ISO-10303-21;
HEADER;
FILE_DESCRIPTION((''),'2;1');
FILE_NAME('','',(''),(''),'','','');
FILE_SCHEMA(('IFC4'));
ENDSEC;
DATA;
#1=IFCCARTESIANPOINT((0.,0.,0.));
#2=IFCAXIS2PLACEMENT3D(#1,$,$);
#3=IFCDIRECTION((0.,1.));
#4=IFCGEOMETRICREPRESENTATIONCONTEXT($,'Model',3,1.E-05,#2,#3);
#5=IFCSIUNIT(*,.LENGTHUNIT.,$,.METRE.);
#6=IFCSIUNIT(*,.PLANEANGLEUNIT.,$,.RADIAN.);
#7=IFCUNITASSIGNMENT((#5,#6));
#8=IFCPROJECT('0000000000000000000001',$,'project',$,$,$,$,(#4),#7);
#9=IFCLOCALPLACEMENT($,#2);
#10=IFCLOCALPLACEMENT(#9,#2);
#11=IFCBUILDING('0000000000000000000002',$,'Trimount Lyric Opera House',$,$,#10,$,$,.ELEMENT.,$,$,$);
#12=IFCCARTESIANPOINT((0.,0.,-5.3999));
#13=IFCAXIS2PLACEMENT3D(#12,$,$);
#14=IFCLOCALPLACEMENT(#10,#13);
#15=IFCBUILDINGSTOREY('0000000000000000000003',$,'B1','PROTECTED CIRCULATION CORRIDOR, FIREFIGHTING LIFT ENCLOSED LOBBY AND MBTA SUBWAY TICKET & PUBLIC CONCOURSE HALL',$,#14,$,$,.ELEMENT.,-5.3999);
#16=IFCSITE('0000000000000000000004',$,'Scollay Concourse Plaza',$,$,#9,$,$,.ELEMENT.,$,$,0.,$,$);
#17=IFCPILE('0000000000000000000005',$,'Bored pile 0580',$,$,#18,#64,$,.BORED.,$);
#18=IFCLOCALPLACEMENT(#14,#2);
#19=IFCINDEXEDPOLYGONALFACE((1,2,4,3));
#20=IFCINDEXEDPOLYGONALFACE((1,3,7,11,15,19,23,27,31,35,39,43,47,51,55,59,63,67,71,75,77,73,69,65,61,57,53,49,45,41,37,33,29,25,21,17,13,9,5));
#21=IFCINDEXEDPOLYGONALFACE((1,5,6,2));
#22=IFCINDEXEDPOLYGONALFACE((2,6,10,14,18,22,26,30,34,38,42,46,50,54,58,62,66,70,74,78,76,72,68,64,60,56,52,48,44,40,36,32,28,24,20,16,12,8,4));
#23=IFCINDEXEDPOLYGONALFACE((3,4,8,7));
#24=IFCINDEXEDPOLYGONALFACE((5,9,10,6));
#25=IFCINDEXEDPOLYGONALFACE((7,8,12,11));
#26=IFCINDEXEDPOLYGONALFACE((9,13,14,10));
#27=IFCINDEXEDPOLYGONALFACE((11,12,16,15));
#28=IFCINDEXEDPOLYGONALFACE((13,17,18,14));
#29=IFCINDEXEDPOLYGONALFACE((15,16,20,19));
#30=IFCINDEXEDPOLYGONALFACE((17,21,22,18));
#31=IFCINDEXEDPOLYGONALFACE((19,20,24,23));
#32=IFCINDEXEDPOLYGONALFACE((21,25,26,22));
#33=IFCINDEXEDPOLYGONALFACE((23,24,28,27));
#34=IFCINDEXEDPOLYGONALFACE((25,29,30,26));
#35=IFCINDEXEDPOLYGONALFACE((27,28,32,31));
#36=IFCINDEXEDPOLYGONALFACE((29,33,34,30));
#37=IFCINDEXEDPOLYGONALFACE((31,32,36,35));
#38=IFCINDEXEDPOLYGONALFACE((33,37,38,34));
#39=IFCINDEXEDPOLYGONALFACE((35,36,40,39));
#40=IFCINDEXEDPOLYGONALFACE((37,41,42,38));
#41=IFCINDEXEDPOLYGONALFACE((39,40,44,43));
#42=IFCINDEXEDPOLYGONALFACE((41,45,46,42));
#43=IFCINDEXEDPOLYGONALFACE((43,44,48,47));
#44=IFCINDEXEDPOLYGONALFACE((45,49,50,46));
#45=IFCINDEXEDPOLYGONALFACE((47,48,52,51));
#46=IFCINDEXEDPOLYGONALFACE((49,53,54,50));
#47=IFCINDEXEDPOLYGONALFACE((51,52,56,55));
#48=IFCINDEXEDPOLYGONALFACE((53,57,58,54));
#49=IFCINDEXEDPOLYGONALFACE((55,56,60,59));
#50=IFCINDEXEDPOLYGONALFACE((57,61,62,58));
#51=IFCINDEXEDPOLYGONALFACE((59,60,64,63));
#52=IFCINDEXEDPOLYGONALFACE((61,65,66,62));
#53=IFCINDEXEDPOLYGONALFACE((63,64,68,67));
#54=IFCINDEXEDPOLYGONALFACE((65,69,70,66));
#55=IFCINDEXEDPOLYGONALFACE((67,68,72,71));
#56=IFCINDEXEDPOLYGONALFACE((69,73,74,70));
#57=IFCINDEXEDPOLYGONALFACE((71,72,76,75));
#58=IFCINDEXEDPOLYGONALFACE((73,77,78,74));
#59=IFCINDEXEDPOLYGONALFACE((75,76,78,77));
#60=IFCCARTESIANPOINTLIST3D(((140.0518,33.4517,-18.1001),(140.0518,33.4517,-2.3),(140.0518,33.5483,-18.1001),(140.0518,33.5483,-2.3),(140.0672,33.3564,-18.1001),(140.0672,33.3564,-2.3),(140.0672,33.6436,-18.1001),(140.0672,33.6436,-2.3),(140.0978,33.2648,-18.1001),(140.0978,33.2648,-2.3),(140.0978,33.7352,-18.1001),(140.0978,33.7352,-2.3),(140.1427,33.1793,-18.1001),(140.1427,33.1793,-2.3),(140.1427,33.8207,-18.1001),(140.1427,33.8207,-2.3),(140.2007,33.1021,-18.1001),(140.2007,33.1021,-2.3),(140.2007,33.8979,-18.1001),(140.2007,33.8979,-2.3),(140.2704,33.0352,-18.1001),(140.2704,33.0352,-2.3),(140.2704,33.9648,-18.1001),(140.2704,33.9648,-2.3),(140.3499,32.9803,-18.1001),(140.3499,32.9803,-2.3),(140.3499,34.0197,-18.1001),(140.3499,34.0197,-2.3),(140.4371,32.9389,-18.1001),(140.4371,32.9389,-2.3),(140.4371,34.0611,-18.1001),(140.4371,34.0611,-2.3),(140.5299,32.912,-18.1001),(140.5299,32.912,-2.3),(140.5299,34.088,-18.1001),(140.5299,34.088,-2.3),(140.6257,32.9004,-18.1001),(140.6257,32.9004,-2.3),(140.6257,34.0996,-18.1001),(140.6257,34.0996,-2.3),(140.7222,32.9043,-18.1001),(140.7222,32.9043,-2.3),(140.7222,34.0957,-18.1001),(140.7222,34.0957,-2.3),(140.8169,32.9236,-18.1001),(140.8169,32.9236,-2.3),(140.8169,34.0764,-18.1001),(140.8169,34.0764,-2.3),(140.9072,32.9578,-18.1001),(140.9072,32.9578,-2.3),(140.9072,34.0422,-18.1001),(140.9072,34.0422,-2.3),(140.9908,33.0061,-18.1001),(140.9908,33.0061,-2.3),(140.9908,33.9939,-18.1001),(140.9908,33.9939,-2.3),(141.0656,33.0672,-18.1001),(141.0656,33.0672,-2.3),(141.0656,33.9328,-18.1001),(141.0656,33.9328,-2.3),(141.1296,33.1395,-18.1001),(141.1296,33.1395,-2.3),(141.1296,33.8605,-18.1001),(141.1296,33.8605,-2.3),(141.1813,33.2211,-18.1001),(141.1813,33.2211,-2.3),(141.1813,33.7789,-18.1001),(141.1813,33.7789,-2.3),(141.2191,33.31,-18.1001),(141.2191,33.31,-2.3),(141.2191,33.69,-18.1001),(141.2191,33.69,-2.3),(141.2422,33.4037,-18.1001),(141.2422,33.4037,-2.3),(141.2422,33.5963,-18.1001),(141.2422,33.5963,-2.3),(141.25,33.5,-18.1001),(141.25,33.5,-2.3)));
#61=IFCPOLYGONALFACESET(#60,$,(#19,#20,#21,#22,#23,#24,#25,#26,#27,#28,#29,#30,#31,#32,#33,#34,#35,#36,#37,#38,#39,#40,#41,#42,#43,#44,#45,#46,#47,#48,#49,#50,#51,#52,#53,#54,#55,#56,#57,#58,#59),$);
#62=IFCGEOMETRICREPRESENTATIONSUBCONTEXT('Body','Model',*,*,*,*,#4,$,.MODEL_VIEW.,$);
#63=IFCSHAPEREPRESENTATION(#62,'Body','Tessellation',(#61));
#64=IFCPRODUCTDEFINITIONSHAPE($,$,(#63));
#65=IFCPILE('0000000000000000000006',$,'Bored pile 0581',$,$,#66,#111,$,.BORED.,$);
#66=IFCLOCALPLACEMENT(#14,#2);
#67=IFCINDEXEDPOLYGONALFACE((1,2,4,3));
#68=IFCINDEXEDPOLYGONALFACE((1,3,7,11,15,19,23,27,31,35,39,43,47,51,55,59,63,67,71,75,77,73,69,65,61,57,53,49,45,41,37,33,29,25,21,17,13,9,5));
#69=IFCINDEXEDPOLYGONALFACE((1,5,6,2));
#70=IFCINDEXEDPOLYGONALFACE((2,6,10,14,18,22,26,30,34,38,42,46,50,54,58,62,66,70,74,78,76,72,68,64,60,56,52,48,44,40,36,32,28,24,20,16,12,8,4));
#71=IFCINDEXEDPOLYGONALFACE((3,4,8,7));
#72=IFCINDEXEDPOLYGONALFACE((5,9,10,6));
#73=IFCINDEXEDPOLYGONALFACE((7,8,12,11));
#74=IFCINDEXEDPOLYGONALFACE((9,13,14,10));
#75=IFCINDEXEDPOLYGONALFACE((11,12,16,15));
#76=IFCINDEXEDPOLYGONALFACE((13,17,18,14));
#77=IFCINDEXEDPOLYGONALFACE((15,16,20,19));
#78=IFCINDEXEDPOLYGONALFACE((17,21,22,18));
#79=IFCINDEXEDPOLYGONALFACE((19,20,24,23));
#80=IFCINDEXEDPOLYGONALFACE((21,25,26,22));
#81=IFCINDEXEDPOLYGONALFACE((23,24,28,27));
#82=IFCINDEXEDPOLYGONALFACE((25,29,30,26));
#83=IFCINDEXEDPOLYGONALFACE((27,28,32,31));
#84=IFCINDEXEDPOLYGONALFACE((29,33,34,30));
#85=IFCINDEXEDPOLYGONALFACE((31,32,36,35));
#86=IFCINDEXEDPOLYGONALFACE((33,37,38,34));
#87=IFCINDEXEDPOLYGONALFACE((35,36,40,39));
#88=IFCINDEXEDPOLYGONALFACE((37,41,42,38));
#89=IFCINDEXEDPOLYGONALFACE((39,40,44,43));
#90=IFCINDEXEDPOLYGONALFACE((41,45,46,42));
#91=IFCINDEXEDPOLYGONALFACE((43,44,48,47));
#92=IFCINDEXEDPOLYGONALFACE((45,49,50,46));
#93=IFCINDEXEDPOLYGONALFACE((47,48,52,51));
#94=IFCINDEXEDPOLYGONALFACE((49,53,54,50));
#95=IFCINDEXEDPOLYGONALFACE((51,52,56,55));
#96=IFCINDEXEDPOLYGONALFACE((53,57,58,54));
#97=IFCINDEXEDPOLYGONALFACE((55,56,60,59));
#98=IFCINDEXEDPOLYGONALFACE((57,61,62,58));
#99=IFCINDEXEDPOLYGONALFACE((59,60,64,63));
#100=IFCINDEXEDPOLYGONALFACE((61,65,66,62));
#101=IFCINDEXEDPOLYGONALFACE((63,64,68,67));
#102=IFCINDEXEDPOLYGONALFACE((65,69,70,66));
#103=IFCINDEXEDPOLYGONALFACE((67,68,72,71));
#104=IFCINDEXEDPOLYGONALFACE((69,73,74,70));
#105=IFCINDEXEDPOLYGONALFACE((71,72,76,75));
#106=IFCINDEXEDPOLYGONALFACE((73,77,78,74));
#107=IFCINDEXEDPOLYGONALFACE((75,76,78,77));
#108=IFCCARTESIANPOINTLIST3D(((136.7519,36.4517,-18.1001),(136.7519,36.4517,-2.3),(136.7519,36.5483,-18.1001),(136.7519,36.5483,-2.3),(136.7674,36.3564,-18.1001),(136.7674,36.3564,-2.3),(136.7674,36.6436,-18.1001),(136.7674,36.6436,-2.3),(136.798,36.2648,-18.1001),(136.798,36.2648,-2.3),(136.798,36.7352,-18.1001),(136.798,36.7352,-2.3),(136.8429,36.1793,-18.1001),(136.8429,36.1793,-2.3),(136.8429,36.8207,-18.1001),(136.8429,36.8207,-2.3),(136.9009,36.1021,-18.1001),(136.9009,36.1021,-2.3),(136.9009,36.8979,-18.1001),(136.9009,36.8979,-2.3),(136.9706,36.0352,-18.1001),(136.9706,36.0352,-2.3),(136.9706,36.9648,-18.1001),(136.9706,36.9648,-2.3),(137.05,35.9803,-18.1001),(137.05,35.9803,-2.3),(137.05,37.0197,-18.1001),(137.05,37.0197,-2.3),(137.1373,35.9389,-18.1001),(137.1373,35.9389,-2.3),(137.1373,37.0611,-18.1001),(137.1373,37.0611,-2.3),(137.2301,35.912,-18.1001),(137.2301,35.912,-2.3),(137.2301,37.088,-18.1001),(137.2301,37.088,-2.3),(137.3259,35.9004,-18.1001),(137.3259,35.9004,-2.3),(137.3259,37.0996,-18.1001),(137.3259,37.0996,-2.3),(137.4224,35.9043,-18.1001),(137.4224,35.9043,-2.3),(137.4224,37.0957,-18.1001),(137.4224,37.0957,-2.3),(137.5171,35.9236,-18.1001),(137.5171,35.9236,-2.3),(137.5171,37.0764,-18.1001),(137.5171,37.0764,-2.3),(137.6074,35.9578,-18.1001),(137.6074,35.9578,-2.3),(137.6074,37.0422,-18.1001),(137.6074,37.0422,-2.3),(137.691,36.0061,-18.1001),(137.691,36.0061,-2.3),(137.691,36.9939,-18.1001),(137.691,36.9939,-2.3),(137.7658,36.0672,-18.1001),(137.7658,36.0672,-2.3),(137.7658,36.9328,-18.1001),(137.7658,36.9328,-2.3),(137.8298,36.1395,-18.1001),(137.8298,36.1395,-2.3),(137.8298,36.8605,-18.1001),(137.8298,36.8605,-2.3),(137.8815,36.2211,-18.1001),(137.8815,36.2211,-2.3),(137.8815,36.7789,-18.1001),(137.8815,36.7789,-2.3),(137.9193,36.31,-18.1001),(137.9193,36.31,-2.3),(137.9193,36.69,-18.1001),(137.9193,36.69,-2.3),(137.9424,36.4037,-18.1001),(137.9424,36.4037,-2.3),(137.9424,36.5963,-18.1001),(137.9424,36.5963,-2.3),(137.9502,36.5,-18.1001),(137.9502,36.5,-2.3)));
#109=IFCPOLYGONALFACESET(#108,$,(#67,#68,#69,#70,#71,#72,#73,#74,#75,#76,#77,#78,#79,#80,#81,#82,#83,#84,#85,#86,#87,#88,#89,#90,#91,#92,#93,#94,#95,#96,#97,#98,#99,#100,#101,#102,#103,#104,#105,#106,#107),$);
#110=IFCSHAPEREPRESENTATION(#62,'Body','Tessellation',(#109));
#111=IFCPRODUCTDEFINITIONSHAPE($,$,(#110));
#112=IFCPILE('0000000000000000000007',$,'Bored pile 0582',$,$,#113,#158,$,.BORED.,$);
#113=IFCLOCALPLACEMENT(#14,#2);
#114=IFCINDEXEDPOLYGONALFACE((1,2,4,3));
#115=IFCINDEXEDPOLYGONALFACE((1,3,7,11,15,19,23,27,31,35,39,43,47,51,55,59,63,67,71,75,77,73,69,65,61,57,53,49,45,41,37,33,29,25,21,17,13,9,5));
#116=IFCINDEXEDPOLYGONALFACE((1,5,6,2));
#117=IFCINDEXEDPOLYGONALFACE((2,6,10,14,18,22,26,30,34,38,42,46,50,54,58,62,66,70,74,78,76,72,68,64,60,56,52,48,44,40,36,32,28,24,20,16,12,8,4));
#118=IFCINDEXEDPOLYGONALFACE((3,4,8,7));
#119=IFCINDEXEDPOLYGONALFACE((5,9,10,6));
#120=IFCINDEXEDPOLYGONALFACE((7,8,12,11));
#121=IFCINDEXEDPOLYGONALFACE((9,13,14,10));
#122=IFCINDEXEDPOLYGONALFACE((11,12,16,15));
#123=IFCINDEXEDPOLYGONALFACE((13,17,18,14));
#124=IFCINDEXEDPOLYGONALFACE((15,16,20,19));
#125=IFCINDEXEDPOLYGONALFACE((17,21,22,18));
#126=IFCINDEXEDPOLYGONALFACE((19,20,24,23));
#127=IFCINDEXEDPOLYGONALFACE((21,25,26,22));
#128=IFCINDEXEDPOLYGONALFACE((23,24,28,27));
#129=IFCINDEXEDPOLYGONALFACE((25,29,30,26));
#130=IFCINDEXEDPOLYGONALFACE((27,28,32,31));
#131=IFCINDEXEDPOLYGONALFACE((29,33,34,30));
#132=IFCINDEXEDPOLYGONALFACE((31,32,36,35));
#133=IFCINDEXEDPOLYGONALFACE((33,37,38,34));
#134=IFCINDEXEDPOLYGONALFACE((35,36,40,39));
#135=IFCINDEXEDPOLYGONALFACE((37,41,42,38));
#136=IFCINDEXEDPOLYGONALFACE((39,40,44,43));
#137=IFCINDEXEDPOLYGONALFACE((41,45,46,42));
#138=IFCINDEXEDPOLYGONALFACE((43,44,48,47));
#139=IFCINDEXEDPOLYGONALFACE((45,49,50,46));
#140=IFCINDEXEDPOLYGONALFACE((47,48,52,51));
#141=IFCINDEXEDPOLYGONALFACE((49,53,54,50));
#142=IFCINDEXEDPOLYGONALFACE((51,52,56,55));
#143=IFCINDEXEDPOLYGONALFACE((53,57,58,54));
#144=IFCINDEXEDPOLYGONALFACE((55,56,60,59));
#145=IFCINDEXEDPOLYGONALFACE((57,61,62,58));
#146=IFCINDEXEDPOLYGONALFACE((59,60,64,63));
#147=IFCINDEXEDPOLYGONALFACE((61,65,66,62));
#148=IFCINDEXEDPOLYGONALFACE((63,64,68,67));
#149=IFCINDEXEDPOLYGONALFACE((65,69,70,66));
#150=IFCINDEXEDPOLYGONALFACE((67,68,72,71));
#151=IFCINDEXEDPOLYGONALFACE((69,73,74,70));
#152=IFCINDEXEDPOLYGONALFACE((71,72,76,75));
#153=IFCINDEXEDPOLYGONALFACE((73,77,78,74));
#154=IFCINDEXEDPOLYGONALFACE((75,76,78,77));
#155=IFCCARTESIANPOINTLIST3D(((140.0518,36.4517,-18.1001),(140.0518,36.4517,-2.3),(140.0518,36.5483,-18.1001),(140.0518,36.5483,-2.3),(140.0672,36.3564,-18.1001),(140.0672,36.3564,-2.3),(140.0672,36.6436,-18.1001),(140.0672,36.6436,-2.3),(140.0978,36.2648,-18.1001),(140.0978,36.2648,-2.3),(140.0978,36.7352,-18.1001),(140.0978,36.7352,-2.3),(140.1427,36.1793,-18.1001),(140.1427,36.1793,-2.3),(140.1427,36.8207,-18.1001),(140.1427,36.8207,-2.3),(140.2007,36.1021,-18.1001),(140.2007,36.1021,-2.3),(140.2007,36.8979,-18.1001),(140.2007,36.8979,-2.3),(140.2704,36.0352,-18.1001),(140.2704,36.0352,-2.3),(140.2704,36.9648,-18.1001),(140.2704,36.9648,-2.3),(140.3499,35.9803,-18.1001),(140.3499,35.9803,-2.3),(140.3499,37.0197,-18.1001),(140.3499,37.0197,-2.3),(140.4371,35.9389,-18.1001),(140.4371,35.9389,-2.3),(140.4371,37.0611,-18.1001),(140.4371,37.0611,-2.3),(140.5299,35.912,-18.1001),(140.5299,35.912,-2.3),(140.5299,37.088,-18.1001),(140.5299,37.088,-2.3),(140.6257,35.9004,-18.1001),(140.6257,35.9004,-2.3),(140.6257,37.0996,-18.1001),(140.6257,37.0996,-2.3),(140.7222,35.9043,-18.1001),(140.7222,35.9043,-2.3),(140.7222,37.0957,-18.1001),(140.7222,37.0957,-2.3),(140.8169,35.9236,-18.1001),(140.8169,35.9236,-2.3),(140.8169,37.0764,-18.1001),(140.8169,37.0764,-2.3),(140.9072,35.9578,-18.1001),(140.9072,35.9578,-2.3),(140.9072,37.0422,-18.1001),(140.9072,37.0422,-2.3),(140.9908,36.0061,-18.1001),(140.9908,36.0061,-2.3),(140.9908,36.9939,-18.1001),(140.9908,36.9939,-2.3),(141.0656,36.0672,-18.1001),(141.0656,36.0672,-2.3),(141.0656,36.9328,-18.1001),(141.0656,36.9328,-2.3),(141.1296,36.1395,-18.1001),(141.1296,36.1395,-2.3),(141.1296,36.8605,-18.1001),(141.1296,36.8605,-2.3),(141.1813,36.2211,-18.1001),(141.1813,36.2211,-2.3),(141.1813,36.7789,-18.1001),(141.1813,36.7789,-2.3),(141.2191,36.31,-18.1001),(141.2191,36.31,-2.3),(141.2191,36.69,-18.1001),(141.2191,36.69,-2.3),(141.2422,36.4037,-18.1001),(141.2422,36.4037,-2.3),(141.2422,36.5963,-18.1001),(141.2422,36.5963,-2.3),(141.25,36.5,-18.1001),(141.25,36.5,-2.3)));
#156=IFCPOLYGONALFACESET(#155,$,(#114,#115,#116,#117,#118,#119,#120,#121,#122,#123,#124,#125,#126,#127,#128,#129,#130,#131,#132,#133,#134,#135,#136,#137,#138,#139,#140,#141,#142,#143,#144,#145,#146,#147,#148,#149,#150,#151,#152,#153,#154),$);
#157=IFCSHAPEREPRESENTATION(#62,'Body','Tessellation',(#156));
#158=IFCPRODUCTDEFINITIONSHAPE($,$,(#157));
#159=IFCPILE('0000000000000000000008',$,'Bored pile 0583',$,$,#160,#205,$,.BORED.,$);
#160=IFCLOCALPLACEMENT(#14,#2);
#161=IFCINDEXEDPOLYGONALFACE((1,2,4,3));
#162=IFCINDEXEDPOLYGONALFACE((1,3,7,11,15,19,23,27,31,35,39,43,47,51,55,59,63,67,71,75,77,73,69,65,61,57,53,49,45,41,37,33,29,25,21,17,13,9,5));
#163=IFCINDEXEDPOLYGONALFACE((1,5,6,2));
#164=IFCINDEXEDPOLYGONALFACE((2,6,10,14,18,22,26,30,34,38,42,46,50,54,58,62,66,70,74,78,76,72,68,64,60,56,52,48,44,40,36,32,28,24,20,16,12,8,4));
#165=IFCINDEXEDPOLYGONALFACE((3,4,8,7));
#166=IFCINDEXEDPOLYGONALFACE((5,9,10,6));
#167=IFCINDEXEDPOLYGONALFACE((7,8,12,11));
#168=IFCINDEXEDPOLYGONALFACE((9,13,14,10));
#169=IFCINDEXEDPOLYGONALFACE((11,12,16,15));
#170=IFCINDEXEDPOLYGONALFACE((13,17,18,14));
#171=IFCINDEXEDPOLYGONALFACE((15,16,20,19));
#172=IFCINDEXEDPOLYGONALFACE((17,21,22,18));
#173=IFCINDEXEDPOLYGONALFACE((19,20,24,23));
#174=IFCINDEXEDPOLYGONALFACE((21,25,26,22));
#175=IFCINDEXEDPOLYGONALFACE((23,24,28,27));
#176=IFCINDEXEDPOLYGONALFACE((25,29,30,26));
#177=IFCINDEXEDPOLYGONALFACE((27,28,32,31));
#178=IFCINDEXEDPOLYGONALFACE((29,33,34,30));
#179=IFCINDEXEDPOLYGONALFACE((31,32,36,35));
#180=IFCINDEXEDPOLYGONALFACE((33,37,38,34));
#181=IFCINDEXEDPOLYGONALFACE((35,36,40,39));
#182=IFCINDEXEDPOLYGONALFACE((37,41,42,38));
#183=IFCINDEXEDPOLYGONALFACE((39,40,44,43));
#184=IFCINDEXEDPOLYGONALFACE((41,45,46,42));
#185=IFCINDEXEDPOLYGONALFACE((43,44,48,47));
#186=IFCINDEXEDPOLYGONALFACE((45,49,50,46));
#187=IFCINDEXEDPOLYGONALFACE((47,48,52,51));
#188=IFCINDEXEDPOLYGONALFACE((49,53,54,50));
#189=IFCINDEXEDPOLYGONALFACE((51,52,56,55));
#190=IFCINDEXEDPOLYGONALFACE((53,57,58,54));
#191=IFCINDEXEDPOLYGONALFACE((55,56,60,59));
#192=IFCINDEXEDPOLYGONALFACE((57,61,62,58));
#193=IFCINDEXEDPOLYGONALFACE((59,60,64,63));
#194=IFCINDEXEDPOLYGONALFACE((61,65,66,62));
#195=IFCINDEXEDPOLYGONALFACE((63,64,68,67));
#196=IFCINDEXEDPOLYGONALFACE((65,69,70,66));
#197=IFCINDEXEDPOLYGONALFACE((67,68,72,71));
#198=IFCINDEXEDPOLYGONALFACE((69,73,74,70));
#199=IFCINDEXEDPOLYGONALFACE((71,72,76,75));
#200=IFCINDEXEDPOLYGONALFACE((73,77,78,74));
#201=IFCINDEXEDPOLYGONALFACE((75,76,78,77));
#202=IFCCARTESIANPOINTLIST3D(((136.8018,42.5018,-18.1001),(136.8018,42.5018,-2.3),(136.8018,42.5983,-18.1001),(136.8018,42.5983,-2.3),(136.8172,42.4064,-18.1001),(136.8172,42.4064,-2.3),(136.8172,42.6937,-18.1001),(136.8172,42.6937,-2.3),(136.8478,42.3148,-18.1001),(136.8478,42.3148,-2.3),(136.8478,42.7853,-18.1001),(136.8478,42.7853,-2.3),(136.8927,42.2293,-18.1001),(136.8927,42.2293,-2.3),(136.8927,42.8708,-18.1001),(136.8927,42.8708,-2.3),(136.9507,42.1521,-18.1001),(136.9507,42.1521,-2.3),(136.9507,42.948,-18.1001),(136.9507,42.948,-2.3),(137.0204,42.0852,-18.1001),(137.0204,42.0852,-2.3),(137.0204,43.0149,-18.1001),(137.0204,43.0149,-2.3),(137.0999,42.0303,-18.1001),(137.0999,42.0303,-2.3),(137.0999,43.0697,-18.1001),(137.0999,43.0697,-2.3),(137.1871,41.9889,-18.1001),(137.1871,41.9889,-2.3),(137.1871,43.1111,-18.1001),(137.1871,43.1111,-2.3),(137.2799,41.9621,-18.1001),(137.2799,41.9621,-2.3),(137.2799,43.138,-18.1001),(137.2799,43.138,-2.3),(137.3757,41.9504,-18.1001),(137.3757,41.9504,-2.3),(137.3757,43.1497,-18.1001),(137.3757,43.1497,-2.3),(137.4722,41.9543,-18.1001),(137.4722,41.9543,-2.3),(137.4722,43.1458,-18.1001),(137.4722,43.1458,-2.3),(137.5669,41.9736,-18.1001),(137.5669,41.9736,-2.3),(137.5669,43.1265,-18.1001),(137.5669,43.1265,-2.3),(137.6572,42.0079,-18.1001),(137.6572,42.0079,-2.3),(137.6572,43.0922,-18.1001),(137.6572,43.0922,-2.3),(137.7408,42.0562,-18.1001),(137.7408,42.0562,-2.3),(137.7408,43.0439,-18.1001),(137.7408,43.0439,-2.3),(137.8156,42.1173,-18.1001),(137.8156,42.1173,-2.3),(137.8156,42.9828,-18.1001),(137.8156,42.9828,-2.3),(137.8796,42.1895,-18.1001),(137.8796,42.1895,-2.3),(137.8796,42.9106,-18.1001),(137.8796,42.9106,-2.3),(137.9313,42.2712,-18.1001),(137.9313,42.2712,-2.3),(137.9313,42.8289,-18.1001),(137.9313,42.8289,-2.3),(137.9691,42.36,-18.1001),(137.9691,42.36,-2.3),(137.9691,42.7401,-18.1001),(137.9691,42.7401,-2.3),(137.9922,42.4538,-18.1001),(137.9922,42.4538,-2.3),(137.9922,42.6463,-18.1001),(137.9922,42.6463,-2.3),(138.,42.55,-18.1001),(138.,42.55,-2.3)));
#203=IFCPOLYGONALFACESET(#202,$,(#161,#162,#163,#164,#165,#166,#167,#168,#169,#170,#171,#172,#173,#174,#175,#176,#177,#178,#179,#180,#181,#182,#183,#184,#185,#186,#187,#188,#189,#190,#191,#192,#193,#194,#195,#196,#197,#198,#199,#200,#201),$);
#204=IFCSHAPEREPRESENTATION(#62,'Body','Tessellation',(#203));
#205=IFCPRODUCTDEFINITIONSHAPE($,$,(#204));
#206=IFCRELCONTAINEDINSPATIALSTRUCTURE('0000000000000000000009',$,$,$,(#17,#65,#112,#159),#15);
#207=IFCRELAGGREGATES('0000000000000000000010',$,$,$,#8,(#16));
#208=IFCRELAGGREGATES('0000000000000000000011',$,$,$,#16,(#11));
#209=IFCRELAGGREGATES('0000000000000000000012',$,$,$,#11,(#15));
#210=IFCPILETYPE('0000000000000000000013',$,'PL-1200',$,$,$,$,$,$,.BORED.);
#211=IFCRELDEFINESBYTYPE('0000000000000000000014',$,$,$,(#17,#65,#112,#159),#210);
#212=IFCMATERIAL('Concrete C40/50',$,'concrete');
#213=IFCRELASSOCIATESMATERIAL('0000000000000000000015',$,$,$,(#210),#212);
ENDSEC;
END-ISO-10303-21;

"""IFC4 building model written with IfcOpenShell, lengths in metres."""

from ifc_helpers import new_model, si_unit, direction, frame, origin, origin_2d, place, context, subcontext, project, spatial, circle, extrude, material, material_profile, profile_set, type_object, element, save


model = new_model("IFC4")

# Units and contexts
model_context = context("Model", 3, precision=1e-05, world=origin(), true_north=direction((0.0, 1.0)))
body_context = subcontext(model_context, "Body", "Model", "MODEL_VIEW")
ifc_project = project(units=[si_unit("LENGTHUNIT", "METRE"), si_unit("PLANEANGLEUNIT", "RADIAN")], contexts=[model_context])

# Site, building, storey
site_placement = place(None, origin())
site = spatial("IfcSite", under=ifc_project, at=site_placement, Name="Scollay Concourse Plaza", CompositionType="ELEMENT", RefElevation=0.0)
building_placement = place(site_placement, origin())
building = spatial("IfcBuilding", under=site, at=building_placement, Name="Trimount Lyric Opera House", CompositionType="ELEMENT")
storey_placement = place(building_placement, frame((0.0, 0.0, -5.3999)))
storey = spatial("IfcBuildingStorey", under=building, at=storey_placement, Name="B1", Description="PROTECTED CIRCULATION CORRIDOR, FIREFIGHTING LIFT ENCLOSED LOBBY AND MBTA SUBWAY TICKET & PUBLIC CONCOURSE HALL", CompositionType="ELEMENT", Elevation=-5.3999)

# Piles
ifc_material_1 = material(Name="Concrete C40/50", Category="concrete")
ifc_material_profile_1 = material_profile(ifc_material_1, circle(Radius=0.6001, at=origin_2d()), Name="PILE-D1200")
ifc_profile_set_1 = profile_set([ifc_material_profile_1], Name="Concrete C40/50")
pile_type_1 = type_object("IfcPileType", Name="PL-1200", PredefinedType="BORED", material=ifc_profile_set_1)
for number, where, z_axis, x_axis, name in (
    (1, (140.6499, 33.5, -2.3), (0.0, 0.0, -1.0), (1.0, 0.0, 0.0), "Bored pile 0580"),
    (2, (137.3501, 36.5, -2.3), (0.0, 0.0, -1.0), (1.0, 0.0, 0.0), "Bored pile 0581"),
    (3, (140.6499, 36.5, -2.3), (0.0, 0.0, -1.0), (1.0, 0.0, 0.0), "Bored pile 0582"),
    (4, (137.3999, 42.55, -2.3), (0.0, 0.0, -1.0), (1.0, 0.0, 0.0), "Bored pile 0583"),
):
    element("IfcPile", number, at=place(storey_placement, frame(where, z_axis=z_axis, x_axis=x_axis)), inside=storey, type_object=pile_type_1, Name=name, PredefinedType="BORED", context=body_context, shape_type="SweptSolid", body=[
        extrude(circle(Radius=0.6001, at=origin_2d()), origin(), (0.0, 0.0, 1.0), 15.8),
    ])

save(model, "model.ifc")
